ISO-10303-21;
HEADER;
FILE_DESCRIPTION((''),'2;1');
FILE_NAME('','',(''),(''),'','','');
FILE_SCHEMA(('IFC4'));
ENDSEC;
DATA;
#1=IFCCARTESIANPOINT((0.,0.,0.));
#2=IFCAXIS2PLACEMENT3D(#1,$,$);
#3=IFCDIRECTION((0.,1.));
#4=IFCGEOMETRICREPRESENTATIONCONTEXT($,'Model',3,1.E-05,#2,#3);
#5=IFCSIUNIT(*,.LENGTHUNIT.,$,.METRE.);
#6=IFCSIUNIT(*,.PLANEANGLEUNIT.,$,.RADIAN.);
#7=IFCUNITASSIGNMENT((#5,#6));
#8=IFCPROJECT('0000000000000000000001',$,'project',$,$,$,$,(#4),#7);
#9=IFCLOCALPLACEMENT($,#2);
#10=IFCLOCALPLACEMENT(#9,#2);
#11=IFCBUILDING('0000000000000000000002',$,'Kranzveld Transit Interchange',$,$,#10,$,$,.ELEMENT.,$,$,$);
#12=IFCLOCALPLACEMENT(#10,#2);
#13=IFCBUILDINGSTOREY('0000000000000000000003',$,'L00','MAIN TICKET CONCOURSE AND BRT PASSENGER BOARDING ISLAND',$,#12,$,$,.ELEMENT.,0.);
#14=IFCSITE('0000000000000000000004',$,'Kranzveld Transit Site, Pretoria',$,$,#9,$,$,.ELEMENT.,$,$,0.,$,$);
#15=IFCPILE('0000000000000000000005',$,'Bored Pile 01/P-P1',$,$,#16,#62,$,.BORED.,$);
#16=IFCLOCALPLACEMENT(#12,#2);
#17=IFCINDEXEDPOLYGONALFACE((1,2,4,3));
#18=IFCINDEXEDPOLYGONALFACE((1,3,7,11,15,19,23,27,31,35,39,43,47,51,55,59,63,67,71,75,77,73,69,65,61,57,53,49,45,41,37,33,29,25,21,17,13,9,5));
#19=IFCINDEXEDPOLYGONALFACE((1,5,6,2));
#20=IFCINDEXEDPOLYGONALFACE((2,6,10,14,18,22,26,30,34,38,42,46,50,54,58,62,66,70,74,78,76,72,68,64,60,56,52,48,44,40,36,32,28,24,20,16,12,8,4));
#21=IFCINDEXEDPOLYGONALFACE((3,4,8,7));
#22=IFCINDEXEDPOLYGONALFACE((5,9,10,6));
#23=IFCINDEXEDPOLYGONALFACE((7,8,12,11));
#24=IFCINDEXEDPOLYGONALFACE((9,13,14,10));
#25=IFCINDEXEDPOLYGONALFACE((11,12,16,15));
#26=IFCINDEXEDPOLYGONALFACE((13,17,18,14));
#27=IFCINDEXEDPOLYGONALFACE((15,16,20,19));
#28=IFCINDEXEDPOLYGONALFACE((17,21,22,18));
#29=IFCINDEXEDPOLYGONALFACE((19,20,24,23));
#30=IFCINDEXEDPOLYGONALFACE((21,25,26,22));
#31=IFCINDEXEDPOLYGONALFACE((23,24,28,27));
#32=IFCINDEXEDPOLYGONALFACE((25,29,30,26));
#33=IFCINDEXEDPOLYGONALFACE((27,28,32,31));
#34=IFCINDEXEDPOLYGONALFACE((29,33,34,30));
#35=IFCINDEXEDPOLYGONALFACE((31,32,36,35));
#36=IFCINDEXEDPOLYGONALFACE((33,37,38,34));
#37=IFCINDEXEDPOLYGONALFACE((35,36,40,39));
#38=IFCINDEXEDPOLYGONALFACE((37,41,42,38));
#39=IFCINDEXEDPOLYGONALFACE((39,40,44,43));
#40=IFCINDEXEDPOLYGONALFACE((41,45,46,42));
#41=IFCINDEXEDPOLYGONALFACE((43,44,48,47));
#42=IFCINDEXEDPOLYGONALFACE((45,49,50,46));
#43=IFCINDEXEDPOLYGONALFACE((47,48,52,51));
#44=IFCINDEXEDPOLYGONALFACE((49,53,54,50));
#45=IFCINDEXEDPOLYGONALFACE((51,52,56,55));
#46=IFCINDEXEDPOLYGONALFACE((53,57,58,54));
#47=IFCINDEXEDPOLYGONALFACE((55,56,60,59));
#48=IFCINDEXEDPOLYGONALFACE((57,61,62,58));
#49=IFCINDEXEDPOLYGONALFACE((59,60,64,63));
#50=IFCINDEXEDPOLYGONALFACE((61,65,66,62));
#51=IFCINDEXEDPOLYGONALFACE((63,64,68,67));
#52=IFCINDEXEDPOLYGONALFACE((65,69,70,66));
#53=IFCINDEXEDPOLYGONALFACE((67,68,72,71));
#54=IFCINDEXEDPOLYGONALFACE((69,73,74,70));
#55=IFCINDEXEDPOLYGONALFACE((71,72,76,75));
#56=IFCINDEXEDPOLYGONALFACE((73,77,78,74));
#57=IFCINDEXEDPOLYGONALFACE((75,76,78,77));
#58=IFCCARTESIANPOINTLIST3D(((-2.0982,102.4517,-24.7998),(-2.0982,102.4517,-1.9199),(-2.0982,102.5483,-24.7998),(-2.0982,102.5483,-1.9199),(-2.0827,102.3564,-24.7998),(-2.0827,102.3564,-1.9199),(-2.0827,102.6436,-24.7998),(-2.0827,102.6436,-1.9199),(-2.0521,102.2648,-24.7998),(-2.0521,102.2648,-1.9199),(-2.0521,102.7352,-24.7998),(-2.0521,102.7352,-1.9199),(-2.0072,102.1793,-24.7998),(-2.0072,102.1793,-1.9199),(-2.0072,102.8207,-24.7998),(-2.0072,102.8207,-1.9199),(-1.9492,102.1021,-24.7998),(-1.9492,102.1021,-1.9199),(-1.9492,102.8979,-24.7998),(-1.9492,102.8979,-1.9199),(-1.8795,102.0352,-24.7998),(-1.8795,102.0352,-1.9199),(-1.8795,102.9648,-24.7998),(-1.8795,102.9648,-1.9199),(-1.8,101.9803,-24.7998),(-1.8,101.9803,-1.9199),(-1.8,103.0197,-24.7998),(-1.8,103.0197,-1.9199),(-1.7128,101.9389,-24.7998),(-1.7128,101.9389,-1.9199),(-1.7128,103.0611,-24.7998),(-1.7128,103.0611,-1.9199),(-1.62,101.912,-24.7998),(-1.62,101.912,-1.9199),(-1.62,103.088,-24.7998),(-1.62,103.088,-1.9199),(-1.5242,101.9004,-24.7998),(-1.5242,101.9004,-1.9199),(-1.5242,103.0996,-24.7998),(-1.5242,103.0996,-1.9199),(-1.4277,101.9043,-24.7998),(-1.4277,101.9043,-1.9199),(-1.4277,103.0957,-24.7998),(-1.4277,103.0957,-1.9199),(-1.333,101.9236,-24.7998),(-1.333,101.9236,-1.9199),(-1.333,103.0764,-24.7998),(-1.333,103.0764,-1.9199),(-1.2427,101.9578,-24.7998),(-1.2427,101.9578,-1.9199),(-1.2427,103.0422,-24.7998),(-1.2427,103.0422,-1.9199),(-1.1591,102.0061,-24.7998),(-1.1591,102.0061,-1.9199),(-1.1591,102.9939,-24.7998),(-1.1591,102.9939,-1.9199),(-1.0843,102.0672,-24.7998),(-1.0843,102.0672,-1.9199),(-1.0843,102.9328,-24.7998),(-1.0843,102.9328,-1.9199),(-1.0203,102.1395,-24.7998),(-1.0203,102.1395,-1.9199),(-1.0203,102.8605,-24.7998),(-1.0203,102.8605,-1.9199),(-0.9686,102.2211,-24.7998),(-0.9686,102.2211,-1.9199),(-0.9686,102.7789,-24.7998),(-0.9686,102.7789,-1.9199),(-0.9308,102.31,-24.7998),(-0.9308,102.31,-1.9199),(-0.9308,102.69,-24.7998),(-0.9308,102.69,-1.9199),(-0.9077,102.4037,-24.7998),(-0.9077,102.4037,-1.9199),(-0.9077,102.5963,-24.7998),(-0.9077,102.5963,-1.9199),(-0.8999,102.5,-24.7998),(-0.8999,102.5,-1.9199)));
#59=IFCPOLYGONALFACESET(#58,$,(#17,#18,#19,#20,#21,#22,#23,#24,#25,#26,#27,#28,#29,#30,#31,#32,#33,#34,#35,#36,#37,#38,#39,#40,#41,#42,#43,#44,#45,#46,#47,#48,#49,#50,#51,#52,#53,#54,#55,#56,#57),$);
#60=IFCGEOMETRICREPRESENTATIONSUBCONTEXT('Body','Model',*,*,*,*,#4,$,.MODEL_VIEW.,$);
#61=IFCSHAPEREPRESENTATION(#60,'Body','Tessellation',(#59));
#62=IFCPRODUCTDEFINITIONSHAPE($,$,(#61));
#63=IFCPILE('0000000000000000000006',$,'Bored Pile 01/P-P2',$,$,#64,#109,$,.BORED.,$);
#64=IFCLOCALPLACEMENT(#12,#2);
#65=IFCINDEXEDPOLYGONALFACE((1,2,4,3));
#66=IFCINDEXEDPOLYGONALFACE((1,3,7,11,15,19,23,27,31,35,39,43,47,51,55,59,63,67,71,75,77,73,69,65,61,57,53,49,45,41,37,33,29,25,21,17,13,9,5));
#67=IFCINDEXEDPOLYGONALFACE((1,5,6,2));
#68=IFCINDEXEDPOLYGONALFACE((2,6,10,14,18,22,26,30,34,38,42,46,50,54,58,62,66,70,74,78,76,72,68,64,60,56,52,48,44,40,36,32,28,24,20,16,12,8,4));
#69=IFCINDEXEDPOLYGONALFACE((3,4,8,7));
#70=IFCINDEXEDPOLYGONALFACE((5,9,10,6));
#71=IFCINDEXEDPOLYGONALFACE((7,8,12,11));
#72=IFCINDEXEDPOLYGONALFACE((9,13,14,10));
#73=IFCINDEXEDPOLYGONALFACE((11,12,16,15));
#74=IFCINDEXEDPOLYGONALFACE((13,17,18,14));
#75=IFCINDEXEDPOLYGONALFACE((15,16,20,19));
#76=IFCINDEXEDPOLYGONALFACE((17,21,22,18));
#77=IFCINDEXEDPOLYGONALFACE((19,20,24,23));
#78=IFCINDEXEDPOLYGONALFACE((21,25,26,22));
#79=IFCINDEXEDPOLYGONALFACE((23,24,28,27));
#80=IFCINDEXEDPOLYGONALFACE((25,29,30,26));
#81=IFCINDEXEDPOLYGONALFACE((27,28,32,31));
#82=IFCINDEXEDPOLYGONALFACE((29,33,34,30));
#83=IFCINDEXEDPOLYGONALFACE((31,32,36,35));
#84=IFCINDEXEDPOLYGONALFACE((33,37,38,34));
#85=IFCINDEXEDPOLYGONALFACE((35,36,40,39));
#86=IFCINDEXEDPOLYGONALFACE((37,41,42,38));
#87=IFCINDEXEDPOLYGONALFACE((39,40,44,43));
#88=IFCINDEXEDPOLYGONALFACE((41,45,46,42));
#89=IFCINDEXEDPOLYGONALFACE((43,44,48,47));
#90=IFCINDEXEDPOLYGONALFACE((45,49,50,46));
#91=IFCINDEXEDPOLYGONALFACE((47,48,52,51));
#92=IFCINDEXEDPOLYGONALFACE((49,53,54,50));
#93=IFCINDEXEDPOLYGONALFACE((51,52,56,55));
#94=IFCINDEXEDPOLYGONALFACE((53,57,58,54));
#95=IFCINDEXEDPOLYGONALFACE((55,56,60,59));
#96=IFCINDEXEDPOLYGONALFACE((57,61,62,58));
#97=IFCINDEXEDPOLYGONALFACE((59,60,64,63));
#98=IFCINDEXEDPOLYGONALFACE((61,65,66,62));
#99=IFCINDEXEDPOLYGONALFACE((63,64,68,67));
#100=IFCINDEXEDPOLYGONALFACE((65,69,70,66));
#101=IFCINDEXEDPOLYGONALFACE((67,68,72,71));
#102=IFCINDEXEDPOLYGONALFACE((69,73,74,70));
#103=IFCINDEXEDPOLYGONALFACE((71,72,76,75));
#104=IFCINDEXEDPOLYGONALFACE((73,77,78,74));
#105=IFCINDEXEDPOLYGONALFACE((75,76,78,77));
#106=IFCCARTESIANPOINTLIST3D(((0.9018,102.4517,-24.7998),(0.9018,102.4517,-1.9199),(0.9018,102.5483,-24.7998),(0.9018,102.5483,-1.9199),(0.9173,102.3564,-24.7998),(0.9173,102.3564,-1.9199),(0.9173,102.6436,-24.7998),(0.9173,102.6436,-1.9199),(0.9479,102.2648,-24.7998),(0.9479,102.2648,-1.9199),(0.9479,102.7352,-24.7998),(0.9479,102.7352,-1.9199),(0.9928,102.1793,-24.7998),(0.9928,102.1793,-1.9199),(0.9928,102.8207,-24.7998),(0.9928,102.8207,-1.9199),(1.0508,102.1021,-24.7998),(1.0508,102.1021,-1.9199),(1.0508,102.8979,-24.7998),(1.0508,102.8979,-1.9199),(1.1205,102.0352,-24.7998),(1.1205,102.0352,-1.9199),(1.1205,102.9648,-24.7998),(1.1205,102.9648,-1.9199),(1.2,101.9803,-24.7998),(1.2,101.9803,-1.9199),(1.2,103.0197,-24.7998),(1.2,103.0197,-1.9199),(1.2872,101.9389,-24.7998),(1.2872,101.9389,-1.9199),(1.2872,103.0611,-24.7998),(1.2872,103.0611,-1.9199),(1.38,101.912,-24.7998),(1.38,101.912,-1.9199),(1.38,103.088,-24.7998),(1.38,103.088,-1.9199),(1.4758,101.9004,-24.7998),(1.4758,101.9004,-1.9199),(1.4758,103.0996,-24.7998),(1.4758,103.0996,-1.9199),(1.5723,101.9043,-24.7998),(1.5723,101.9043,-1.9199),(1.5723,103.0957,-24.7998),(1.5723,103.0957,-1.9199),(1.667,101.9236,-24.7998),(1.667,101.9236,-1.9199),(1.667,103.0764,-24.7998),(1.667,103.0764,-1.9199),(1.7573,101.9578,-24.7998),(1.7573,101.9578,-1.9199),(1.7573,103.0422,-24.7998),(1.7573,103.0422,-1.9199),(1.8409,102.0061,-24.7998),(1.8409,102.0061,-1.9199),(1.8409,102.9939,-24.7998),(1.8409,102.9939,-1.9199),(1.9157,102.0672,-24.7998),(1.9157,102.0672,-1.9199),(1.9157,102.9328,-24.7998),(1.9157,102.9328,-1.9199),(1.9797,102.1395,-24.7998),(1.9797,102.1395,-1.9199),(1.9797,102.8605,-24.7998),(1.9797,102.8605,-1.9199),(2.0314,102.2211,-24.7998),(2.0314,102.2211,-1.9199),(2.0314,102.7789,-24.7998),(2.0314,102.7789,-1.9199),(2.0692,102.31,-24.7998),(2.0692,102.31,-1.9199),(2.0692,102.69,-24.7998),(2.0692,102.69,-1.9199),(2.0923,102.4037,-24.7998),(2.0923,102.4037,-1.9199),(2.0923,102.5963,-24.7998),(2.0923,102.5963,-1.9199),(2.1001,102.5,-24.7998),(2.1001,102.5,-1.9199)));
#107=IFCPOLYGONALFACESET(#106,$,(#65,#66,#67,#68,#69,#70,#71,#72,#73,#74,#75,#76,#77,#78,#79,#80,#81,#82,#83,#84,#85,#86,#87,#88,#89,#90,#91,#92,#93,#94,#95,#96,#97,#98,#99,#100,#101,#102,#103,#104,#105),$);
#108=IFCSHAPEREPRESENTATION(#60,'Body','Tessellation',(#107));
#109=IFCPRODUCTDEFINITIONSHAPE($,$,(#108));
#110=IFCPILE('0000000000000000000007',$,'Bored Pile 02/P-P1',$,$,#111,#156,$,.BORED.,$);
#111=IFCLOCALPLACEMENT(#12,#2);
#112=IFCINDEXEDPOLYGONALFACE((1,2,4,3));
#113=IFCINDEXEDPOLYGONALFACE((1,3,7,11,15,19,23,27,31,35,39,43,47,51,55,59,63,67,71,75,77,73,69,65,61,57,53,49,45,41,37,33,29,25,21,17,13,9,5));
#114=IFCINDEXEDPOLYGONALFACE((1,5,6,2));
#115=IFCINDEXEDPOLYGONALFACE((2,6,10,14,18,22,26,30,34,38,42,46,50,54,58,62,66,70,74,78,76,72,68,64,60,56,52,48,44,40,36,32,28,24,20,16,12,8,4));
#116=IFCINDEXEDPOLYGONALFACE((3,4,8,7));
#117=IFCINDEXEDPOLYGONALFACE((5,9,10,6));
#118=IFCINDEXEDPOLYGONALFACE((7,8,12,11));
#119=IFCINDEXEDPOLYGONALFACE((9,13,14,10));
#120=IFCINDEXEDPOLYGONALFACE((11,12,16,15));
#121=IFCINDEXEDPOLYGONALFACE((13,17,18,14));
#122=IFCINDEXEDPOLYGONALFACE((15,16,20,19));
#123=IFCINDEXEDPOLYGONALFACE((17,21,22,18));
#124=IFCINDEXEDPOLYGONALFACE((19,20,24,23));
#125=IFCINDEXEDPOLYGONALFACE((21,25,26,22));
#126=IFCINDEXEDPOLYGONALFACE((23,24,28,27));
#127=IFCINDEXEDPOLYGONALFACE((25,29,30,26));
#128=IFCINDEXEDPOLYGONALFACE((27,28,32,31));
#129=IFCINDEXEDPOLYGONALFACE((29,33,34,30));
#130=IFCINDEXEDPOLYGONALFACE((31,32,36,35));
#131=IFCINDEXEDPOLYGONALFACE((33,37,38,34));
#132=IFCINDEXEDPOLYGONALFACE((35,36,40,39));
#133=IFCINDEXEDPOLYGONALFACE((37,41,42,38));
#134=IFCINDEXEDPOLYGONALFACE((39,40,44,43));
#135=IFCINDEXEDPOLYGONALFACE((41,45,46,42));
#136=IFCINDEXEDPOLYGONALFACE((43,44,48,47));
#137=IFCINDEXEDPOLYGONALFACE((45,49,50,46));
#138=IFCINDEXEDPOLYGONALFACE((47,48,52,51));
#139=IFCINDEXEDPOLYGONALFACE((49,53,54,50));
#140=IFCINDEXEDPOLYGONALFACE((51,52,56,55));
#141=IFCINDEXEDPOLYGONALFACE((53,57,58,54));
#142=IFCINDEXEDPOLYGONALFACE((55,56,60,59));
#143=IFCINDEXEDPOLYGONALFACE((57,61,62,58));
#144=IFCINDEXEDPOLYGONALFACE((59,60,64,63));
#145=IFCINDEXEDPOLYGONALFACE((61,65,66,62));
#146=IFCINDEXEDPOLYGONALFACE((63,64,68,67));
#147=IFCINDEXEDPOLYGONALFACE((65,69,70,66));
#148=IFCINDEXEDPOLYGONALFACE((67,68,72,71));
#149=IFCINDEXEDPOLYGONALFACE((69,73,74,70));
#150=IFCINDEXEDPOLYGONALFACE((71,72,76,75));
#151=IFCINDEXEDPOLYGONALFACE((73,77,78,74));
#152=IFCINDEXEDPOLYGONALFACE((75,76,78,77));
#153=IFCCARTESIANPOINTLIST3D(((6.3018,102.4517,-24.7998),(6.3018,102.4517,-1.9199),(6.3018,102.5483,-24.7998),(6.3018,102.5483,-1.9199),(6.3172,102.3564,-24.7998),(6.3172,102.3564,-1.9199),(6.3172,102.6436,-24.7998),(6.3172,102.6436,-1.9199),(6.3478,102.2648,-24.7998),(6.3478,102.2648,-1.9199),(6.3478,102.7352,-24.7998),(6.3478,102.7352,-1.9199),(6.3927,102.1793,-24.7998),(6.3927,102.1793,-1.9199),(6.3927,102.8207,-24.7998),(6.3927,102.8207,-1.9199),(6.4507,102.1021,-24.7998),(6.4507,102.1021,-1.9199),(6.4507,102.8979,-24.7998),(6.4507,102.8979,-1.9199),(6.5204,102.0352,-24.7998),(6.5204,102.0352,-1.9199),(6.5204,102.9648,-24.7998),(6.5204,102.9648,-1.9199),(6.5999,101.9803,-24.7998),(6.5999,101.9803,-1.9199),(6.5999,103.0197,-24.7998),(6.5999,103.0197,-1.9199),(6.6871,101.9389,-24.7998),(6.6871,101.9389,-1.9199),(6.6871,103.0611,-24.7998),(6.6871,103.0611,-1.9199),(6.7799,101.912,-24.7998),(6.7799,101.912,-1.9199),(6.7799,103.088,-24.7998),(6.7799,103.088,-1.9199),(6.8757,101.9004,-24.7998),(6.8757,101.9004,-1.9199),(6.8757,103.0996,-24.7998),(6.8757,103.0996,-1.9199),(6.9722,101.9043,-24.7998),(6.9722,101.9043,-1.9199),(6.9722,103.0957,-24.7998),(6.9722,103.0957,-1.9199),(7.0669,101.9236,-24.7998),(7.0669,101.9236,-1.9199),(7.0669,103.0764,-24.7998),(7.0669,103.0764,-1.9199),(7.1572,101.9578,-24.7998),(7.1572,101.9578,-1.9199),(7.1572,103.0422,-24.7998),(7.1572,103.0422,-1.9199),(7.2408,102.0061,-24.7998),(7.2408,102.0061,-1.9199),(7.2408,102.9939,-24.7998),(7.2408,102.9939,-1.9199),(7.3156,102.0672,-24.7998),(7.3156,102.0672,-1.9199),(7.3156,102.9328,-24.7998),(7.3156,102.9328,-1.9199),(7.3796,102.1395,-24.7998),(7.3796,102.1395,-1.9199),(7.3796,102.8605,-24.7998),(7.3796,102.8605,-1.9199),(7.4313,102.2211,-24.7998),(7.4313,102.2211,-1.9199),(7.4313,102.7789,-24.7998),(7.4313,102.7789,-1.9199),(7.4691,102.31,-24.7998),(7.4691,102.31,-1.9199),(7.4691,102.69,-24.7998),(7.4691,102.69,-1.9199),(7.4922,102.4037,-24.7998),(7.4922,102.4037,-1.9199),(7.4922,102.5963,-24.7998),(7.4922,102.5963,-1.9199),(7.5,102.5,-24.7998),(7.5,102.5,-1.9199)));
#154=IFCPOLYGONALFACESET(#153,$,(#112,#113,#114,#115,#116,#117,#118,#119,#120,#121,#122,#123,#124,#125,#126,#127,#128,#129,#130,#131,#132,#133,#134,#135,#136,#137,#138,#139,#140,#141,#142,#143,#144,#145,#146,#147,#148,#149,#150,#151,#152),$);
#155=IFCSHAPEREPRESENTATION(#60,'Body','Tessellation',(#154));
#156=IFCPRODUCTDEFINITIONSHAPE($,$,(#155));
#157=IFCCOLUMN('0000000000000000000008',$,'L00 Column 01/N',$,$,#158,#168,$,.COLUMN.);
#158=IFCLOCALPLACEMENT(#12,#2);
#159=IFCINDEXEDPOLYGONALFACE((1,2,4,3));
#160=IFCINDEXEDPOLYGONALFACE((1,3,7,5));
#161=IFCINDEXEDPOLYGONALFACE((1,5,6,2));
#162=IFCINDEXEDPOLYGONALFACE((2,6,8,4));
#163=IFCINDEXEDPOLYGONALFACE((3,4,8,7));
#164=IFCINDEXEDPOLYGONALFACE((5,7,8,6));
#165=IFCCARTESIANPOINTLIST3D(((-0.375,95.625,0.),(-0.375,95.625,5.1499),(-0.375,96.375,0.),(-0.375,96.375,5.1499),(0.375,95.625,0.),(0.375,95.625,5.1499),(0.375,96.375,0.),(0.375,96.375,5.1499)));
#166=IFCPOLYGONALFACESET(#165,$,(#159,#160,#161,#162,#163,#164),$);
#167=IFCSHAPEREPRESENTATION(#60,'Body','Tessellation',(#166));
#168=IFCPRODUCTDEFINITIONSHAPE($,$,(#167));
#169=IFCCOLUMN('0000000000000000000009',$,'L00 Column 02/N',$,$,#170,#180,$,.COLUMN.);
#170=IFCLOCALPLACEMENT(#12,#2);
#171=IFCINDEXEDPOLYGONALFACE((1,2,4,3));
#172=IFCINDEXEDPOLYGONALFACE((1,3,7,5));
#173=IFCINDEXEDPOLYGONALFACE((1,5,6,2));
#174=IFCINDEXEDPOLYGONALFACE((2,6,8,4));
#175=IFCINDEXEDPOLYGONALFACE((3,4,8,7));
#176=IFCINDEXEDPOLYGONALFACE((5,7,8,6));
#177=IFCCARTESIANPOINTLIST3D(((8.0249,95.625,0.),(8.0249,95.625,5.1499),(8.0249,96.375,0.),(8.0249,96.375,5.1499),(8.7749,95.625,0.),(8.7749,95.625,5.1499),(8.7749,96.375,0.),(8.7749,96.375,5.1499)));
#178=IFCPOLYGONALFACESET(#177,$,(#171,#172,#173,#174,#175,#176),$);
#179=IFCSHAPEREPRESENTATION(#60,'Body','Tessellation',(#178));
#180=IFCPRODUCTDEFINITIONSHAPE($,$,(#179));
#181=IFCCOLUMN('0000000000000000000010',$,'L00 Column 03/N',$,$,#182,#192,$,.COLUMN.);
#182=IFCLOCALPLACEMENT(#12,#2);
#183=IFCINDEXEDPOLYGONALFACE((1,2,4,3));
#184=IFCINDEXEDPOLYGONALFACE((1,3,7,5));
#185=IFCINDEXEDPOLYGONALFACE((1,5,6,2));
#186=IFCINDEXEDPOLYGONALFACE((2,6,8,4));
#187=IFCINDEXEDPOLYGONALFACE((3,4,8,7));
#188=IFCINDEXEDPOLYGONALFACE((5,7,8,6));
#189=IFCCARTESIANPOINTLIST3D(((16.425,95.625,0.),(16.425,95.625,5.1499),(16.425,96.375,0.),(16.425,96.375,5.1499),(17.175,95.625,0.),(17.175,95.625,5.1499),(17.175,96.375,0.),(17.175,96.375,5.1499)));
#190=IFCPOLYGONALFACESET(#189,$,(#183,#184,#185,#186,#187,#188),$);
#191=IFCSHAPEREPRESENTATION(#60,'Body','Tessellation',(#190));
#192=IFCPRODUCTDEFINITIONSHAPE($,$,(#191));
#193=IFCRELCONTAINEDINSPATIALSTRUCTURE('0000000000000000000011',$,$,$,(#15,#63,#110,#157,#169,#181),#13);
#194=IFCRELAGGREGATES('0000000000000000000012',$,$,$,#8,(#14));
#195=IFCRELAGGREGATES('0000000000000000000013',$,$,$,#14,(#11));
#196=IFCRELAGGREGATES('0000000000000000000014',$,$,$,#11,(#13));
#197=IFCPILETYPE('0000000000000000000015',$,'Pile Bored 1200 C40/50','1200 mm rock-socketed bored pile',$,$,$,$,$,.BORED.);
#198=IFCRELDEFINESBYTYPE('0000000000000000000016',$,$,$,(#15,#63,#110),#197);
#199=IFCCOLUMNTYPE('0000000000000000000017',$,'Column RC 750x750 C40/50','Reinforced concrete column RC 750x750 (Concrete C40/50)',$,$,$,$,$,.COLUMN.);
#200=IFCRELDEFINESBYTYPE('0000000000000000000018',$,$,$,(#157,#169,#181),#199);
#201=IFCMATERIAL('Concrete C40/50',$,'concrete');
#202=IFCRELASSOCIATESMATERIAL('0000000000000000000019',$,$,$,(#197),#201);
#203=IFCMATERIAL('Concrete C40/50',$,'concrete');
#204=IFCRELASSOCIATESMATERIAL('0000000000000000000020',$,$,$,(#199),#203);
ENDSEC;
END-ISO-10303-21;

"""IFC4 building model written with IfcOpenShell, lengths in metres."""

from ifc_helpers import new_model, si_unit, direction, frame, origin, origin_2d, place, context, subcontext, project, spatial, rectangle, circle, extrude, material, material_profile, profile_set, type_object, element, save


model = new_model("IFC4")

# Units and contexts
model_context = context("Model", 3, precision=1e-05, world=origin(), true_north=direction((0.0, 1.0)))
body_context = subcontext(model_context, "Body", "Model", "MODEL_VIEW")
ifc_project = project(units=[si_unit("LENGTHUNIT", "METRE"), si_unit("PLANEANGLEUNIT", "RADIAN")], contexts=[model_context])

# Site, building, storey
site_placement = place(None, origin())
site = spatial("IfcSite", under=ifc_project, at=site_placement, Name="Kranzveld Transit Site, Pretoria", CompositionType="ELEMENT", RefElevation=0.0)
building_placement = place(site_placement, origin())
building = spatial("IfcBuilding", under=site, at=building_placement, Name="Kranzveld Transit Interchange", CompositionType="ELEMENT")
storey_placement = place(building_placement, origin())
storey = spatial("IfcBuildingStorey", under=building, at=storey_placement, Name="L00", Description="MAIN TICKET CONCOURSE AND BRT PASSENGER BOARDING ISLAND", CompositionType="ELEMENT", Elevation=0.0)

# Piles
ifc_material_1 = material(Name="Concrete C40/50", Category="concrete")
ifc_material_profile_1 = material_profile(ifc_material_1, circle(Radius=0.6001, at=origin_2d()), Name="BORED PILE 1200")
ifc_profile_set_1 = profile_set([ifc_material_profile_1], Name="Concrete C40/50")
pile_type = type_object("IfcPileType", Name="Pile Bored 1200 C40/50", Description="1200 mm rock-socketed bored pile", PredefinedType="BORED", material=ifc_profile_set_1)
for number, where, z_axis, x_axis, name in (
    (1, (-1.5, 102.5, -1.9199), (0.0, 0.0, -1.0), (1.0, 0.0, 0.0), "Bored Pile 01/P-P1"),
    (2, (1.5, 102.5, -1.9199), (0.0, 0.0, -1.0), (1.0, 0.0, 0.0), "Bored Pile 01/P-P2"),
    (3, (6.8999, 102.5, -1.9199), (0.0, 0.0, -1.0), (1.0, 0.0, 0.0), "Bored Pile 02/P-P1"),
):
    element("IfcPile", number, at=place(storey_placement, frame(where, z_axis=z_axis, x_axis=x_axis)), inside=storey, type_object=pile_type, Name=name, PredefinedType="BORED", context=body_context, shape_type="SweptSolid", body=[
        extrude(circle(Radius=0.6001, at=origin_2d()), origin(), (0.0, 0.0, 1.0), 22.8799),
    ])

# Columns
ifc_material_2 = material(Name="Concrete C40/50", Category="concrete")
ifc_material_profile_2 = material_profile(ifc_material_2, rectangle(XDim=0.75, YDim=0.75, at=origin_2d()), Name="RC 750x750")
ifc_profile_set_2 = profile_set([ifc_material_profile_2], Name="Concrete C40/50")
column_type = type_object("IfcColumnType", Name="Column RC 750x750 C40/50", Description="Reinforced concrete column RC 750x750 (Concrete C40/50)", PredefinedType="COLUMN", material=ifc_profile_set_2)
for number, where, z_axis, x_axis, name in (
    (4, (0.0, 96.0, 0.0), (0.0, 0.0, 1.0), (1.0, 0.0, 0.0), "L00 Column 01/N"),
    (5, (8.3999, 96.0, 0.0), (0.0, 0.0, 1.0), (1.0, 0.0, 0.0), "L00 Column 02/N"),
    (6, (16.8, 96.0, 0.0), (0.0, 0.0, 1.0), (1.0, 0.0, 0.0), "L00 Column 03/N"),
):
    element("IfcColumn", number, at=place(storey_placement, frame(where, z_axis=z_axis, x_axis=x_axis)), inside=storey, type_object=column_type, Name=name, PredefinedType="COLUMN", context=body_context, shape_type="SweptSolid", body=[
        extrude(rectangle(XDim=0.75, YDim=0.75, at=origin_2d()), origin(), (0.0, 0.0, 1.0), 5.1499),
    ])

save(model, "model.ifc")
